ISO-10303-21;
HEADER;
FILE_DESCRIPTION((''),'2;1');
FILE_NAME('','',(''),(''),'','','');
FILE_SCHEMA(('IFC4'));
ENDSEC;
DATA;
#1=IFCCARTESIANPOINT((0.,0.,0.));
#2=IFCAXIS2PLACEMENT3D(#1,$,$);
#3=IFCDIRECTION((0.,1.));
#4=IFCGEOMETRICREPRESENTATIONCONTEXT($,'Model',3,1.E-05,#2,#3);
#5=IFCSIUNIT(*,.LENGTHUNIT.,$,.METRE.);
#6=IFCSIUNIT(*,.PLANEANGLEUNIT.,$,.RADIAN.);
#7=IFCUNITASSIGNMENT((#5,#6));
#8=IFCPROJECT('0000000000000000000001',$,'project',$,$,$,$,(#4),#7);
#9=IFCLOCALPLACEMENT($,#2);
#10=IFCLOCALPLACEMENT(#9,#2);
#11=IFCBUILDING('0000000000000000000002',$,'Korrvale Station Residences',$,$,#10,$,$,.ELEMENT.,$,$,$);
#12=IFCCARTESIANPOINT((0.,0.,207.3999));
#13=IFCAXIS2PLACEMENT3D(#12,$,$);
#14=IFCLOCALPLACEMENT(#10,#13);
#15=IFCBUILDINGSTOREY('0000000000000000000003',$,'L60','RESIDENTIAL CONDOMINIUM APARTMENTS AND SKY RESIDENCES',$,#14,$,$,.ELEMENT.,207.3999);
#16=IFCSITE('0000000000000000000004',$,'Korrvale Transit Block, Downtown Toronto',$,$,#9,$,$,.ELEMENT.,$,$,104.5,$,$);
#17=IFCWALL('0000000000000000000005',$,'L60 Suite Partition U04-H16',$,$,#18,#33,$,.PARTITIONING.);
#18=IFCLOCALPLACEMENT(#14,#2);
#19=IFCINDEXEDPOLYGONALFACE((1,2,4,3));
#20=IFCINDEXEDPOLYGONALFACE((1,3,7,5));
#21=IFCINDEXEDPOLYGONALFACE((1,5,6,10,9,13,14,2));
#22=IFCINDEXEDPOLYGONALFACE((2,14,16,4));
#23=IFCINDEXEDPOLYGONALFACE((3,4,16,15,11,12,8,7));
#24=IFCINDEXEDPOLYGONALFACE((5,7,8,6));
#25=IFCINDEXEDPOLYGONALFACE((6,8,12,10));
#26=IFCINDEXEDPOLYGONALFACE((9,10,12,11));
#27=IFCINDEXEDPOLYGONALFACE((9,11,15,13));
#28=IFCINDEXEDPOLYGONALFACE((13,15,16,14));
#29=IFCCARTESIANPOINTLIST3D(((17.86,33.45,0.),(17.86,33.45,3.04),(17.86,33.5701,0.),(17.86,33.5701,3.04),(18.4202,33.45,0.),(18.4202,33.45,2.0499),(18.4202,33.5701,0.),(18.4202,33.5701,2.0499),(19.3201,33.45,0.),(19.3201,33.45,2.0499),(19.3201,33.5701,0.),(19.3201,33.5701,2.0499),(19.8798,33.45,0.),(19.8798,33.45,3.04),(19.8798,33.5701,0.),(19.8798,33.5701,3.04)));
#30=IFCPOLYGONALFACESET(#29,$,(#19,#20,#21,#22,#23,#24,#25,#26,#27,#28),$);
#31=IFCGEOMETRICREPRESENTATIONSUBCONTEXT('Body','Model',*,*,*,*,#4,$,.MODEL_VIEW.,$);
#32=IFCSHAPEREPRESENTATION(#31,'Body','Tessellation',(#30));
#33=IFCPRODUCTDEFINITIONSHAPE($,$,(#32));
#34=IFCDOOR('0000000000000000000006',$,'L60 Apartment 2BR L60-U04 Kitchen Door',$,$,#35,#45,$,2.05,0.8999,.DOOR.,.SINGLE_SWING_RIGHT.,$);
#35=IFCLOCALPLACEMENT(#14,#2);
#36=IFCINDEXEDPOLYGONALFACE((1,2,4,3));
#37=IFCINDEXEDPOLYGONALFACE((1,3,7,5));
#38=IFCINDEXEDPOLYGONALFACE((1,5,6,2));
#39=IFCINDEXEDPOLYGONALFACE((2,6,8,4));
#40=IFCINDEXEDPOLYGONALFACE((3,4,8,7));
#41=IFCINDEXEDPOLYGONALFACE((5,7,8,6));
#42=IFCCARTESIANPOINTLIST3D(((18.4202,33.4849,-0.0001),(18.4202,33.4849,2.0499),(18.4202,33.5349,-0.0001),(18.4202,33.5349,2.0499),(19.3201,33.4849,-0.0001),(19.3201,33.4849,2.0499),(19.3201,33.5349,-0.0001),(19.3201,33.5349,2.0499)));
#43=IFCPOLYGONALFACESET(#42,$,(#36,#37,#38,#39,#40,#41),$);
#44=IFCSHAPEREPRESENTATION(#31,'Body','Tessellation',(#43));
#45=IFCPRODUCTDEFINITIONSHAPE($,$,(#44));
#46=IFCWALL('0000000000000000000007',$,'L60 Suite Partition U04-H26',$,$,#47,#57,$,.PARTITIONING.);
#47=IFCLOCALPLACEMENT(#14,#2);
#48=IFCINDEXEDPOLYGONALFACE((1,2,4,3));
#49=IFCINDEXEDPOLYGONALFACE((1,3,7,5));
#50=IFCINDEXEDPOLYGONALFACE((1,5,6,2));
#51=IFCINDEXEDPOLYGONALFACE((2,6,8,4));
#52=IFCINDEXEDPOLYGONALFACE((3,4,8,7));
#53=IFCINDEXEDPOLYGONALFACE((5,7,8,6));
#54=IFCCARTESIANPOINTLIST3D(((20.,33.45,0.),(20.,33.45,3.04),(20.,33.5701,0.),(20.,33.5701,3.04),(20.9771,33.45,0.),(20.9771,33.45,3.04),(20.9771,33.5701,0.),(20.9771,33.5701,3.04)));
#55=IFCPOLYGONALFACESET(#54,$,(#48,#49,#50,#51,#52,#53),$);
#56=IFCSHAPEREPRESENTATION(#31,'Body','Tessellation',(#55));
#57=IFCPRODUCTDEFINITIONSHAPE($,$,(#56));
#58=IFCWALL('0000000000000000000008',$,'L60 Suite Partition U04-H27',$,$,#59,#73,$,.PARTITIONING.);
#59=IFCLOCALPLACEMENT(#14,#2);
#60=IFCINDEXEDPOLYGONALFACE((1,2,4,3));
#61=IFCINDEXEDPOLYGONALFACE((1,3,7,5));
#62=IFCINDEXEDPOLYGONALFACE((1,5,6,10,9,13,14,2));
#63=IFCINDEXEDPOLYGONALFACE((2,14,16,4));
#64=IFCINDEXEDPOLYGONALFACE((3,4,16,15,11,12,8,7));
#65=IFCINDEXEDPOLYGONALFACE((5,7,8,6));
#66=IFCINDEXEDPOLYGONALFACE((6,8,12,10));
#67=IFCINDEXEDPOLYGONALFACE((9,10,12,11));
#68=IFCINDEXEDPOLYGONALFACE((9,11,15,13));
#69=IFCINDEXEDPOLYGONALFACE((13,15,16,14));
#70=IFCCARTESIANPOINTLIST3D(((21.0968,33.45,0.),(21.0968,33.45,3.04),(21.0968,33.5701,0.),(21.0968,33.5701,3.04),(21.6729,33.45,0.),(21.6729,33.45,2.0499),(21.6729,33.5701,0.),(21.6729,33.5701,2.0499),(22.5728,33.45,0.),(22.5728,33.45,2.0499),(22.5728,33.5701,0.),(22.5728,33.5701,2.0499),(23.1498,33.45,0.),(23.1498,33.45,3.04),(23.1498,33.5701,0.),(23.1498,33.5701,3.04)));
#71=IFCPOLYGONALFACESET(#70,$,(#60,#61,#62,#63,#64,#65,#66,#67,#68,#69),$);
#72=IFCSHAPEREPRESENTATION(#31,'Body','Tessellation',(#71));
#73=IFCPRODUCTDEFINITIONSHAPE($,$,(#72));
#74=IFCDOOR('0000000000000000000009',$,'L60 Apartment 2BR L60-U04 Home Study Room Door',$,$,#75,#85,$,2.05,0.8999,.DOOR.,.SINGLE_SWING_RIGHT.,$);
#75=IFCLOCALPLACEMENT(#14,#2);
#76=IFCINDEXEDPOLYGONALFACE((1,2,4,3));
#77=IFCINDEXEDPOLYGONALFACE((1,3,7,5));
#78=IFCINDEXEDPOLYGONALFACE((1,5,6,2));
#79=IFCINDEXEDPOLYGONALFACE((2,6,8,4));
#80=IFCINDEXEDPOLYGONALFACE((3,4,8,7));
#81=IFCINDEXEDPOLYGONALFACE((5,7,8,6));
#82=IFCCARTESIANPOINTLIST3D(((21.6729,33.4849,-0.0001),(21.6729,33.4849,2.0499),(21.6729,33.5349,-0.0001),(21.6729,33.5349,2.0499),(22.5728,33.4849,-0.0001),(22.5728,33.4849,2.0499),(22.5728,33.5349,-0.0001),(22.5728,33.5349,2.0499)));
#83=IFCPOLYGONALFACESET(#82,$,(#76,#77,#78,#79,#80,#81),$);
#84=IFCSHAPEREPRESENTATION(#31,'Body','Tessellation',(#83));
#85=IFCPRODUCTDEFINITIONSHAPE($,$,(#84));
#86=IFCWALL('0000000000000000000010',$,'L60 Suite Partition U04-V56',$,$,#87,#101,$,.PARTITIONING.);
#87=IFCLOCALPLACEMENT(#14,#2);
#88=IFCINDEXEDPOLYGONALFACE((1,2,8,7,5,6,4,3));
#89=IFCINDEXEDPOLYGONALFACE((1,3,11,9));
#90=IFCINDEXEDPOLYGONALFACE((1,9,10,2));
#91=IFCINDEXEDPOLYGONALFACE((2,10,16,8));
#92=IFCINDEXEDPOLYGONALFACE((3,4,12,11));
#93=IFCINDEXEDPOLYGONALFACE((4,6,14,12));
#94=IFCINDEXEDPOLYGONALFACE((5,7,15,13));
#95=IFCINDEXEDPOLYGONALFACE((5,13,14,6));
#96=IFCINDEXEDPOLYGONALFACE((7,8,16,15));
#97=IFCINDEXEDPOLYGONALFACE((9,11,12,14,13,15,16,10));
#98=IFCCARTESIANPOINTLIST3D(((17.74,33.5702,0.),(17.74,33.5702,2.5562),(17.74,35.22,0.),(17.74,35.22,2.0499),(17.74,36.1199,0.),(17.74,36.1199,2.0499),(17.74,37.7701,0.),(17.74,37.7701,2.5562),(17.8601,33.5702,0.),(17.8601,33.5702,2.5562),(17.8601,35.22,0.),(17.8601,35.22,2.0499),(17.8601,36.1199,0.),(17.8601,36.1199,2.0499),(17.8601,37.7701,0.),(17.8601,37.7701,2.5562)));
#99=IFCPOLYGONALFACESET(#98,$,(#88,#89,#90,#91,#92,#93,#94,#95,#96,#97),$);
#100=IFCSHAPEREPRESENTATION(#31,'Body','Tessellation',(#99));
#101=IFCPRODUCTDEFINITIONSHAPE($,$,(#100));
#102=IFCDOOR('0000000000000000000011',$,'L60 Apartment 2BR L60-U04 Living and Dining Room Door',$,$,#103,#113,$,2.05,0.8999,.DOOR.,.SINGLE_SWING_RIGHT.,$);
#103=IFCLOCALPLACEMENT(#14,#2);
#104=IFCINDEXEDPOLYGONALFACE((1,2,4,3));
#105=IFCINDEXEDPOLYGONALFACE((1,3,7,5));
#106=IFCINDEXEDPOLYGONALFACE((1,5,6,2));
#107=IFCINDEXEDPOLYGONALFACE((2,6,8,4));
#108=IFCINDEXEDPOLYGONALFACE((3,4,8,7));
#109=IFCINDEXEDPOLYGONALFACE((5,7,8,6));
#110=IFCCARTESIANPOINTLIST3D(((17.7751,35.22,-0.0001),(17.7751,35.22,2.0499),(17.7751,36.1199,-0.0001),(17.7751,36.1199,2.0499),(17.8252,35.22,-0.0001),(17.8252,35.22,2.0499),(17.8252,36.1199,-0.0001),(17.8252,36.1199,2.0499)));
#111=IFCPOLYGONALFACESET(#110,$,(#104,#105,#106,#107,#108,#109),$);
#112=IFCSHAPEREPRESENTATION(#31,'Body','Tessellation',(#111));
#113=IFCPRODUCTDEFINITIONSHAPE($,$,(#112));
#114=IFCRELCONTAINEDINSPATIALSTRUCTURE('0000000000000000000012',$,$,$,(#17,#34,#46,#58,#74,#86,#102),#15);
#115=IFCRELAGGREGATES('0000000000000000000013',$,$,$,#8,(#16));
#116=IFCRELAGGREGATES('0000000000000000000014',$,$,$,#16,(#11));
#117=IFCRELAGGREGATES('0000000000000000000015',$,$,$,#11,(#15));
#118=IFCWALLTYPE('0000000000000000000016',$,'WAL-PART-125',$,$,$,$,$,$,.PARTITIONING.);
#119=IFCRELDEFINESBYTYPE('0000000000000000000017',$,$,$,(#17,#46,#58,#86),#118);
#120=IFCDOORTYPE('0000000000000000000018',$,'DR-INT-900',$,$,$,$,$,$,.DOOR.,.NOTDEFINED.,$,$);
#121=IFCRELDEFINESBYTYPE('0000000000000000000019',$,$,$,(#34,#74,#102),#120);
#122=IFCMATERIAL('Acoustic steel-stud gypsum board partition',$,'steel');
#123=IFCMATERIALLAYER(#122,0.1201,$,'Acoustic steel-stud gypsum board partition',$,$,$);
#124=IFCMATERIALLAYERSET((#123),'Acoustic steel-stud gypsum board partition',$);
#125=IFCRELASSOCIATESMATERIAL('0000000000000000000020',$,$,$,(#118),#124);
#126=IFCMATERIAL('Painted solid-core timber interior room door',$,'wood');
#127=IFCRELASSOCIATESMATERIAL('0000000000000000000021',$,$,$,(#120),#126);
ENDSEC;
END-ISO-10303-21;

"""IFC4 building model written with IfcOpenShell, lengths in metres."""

from ifc_helpers import new_model, si_unit, direction, frame, frame_2d, origin, place, context, subcontext, project, spatial, rectangle, extrude, material, layer, layer_set, type_object, element, fill, save


model = new_model("IFC4")

# Units and contexts
model_context = context("Model", 3, precision=1e-05, world=origin(), true_north=direction((0.0, 1.0)))
body_context = subcontext(model_context, "Body", "Model", "MODEL_VIEW")
ifc_project = project(units=[si_unit("LENGTHUNIT", "METRE"), si_unit("PLANEANGLEUNIT", "RADIAN")], contexts=[model_context])

# Site, building, storey
site_placement = place(None, origin())
site = spatial("IfcSite", under=ifc_project, at=site_placement, Name="Korrvale Transit Block, Downtown Toronto", CompositionType="ELEMENT", RefElevation=104.5)
building_placement = place(site_placement, origin())
building = spatial("IfcBuilding", under=site, at=building_placement, Name="Korrvale Station Residences", CompositionType="ELEMENT")
storey_placement = place(building_placement, frame((0.0, 0.0, 207.3999)))
storey = spatial("IfcBuildingStorey", under=building, at=storey_placement, Name="L60", Description="RESIDENTIAL CONDOMINIUM APARTMENTS AND SKY RESIDENCES", CompositionType="ELEMENT", Elevation=207.3999)

# Wall, opening, door
ifc_material_1 = material(Name="Acoustic steel-stud gypsum board partition", Category="steel")
ifc_layer = layer(ifc_material_1, 0.1201, Name="Acoustic steel-stud gypsum board partition")
ifc_layer_set = layer_set([ifc_layer], Name="Acoustic steel-stud gypsum board partition")
wall_type = type_object("IfcWallType", Name="WAL-PART-125", PredefinedType="PARTITIONING", material=ifc_layer_set)
ifc_material_2 = material(Name="Painted solid-core timber interior room door", Category="wood")
door_type_1 = type_object("IfcDoorType", Name="DR-INT-900", OperationType="NOTDEFINED", PredefinedType="DOOR", material=ifc_material_2)
wall_1_placement = place(storey_placement, frame((17.8601, 33.51, 0.0), z_axis=(0.0, 0.0, 1.0), x_axis=(1.0, 0.0, 0.0)))
wall_1 = element("IfcWall", 1, at=wall_1_placement, inside=storey, type_object=wall_type, Name="L60 Suite Partition U04-H16", PredefinedType="PARTITIONING", context=body_context, shape_type="SweptSolid", body=[
    extrude(rectangle(XDim=2.0198, YDim=0.1201, at=frame_2d((1.0098, 0.0))), origin(), (0.0, 0.0, 1.0), 3.04),
])
opening_1_placement = place(wall_1_placement, frame((0.5601, 0.0, 0.0)))
opening_1 = element("IfcOpeningElement", 2, at=opening_1_placement, cuts=wall_1, PredefinedType="OPENING", context=body_context, shape_type="SweptSolid", body=[
    extrude(rectangle(XDim=0.8999, YDim=2.05, at=frame_2d((0.45, 1.0249))), frame((0.0, 0.0701, 0.0), z_axis=(0.0, -1.0, 0.0), x_axis=(1.0, 0.0, 0.0)), (0.0, 0.0, 1.0), 0.1401),
])
door_1_placement = place(opening_1_placement, origin())
door_1 = element("IfcDoor", 3, at=door_1_placement, inside=storey, type_object=door_type_1, Name="L60 Apartment 2BR L60-U04 Kitchen Door", OperationType="SINGLE_SWING_RIGHT", OverallHeight=2.05, OverallWidth=0.8999, PredefinedType="DOOR", context=body_context, shape_type="SweptSolid", body=[
    extrude(rectangle(XDim=0.8999, YDim=2.05, at=frame_2d((0.45, 1.0249))), frame((0.0, 0.0249, 0.0), z_axis=(0.0, -1.0, 0.0), x_axis=(1.0, 0.0, 0.0)), (0.0, 0.0, 1.0), 0.05),
])
fill(opening_1, door_1)

# Wall
wall_2_placement = place(storey_placement, frame((20.0, 33.51, 0.0), z_axis=(0.0, 0.0, 1.0), x_axis=(1.0, 0.0, 0.0)))
element("IfcWall", 4, at=wall_2_placement, inside=storey, type_object=wall_type, Name="L60 Suite Partition U04-H26", PredefinedType="PARTITIONING", context=body_context, shape_type="SweptSolid", body=[
    extrude(rectangle(XDim=0.9771, YDim=0.1201, at=frame_2d((0.4885, 0.0))), origin(), (0.0, 0.0, 1.0), 3.04),
])

# Walls, openings, doors
wall_3_placement = place(storey_placement, frame((21.0969, 33.51, 0.0), z_axis=(0.0, 0.0, 1.0), x_axis=(1.0, 0.0, 0.0)))
wall_3 = element("IfcWall", 5, at=wall_3_placement, inside=storey, type_object=wall_type, Name="L60 Suite Partition U04-H27", PredefinedType="PARTITIONING", context=body_context, shape_type="SweptSolid", body=[
    extrude(rectangle(XDim=2.053, YDim=0.1201, at=frame_2d((1.0264, 0.0))), origin(), (0.0, 0.0, 1.0), 3.04),
])
opening_2_placement = place(wall_3_placement, frame((0.5759, 0.0, 0.0)))
opening_2 = element("IfcOpeningElement", 6, at=opening_2_placement, cuts=wall_3, PredefinedType="OPENING", context=body_context, shape_type="SweptSolid", body=[
    extrude(rectangle(XDim=0.8999, YDim=2.05, at=frame_2d((0.45, 1.0249))), frame((0.0, 0.0701, 0.0), z_axis=(0.0, -1.0, 0.0), x_axis=(1.0, 0.0, 0.0)), (0.0, 0.0, 1.0), 0.1401),
])
door_2_placement = place(opening_2_placement, origin())
door_2 = element("IfcDoor", 7, at=door_2_placement, inside=storey, type_object=door_type_1, Name="L60 Apartment 2BR L60-U04 Home Study Room Door", OperationType="SINGLE_SWING_RIGHT", OverallHeight=2.05, OverallWidth=0.8999, PredefinedType="DOOR", context=body_context, shape_type="SweptSolid", body=[
    extrude(rectangle(XDim=0.8999, YDim=2.05, at=frame_2d((0.45, 1.0249))), frame((0.0, 0.0249, 0.0), z_axis=(0.0, -1.0, 0.0), x_axis=(1.0, 0.0, 0.0)), (0.0, 0.0, 1.0), 0.05),
])
fill(opening_2, door_2)
wall_4_placement = place(storey_placement, frame((17.8, 33.5701, 0.0), z_axis=(0.0, 0.0, 1.0), x_axis=(0.0, 1.0, 0.0)))
wall_4 = element("IfcWall", 8, at=wall_4_placement, inside=storey, type_object=wall_type, Name="L60 Suite Partition U04-V56", PredefinedType="PARTITIONING", context=body_context, shape_type="SweptSolid", body=[
    extrude(rectangle(XDim=4.2, YDim=0.1201, at=frame_2d((2.1001, 0.0))), origin(), (0.0, 0.0, 1.0), 2.5562),
])
opening_3_placement = place(wall_4_placement, frame((1.6499, 0.0, 0.0)))
opening_3 = element("IfcOpeningElement", 9, at=opening_3_placement, cuts=wall_4, PredefinedType="OPENING", context=body_context, shape_type="SweptSolid", body=[
    extrude(rectangle(XDim=0.8999, YDim=2.05, at=frame_2d((0.45, 1.0249))), frame((0.0, 0.0701, 0.0), z_axis=(0.0, -1.0, 0.0), x_axis=(1.0, 0.0, 0.0)), (0.0, 0.0, 1.0), 0.1401),
])
door_3_placement = place(opening_3_placement, origin())
door_3 = element("IfcDoor", 10, at=door_3_placement, inside=storey, type_object=door_type_1, Name="L60 Apartment 2BR L60-U04 Living and Dining Room Door", OperationType="SINGLE_SWING_RIGHT", OverallHeight=2.05, OverallWidth=0.8999, PredefinedType="DOOR", context=body_context, shape_type="SweptSolid", body=[
    extrude(rectangle(XDim=0.8999, YDim=2.05, at=frame_2d((0.45, 1.0249))), frame((0.0, 0.0249, 0.0), z_axis=(0.0, -1.0, 0.0), x_axis=(1.0, 0.0, 0.0)), (0.0, 0.0, 1.0), 0.05),
])
fill(opening_3, door_3)

save(model, "model.ifc")
